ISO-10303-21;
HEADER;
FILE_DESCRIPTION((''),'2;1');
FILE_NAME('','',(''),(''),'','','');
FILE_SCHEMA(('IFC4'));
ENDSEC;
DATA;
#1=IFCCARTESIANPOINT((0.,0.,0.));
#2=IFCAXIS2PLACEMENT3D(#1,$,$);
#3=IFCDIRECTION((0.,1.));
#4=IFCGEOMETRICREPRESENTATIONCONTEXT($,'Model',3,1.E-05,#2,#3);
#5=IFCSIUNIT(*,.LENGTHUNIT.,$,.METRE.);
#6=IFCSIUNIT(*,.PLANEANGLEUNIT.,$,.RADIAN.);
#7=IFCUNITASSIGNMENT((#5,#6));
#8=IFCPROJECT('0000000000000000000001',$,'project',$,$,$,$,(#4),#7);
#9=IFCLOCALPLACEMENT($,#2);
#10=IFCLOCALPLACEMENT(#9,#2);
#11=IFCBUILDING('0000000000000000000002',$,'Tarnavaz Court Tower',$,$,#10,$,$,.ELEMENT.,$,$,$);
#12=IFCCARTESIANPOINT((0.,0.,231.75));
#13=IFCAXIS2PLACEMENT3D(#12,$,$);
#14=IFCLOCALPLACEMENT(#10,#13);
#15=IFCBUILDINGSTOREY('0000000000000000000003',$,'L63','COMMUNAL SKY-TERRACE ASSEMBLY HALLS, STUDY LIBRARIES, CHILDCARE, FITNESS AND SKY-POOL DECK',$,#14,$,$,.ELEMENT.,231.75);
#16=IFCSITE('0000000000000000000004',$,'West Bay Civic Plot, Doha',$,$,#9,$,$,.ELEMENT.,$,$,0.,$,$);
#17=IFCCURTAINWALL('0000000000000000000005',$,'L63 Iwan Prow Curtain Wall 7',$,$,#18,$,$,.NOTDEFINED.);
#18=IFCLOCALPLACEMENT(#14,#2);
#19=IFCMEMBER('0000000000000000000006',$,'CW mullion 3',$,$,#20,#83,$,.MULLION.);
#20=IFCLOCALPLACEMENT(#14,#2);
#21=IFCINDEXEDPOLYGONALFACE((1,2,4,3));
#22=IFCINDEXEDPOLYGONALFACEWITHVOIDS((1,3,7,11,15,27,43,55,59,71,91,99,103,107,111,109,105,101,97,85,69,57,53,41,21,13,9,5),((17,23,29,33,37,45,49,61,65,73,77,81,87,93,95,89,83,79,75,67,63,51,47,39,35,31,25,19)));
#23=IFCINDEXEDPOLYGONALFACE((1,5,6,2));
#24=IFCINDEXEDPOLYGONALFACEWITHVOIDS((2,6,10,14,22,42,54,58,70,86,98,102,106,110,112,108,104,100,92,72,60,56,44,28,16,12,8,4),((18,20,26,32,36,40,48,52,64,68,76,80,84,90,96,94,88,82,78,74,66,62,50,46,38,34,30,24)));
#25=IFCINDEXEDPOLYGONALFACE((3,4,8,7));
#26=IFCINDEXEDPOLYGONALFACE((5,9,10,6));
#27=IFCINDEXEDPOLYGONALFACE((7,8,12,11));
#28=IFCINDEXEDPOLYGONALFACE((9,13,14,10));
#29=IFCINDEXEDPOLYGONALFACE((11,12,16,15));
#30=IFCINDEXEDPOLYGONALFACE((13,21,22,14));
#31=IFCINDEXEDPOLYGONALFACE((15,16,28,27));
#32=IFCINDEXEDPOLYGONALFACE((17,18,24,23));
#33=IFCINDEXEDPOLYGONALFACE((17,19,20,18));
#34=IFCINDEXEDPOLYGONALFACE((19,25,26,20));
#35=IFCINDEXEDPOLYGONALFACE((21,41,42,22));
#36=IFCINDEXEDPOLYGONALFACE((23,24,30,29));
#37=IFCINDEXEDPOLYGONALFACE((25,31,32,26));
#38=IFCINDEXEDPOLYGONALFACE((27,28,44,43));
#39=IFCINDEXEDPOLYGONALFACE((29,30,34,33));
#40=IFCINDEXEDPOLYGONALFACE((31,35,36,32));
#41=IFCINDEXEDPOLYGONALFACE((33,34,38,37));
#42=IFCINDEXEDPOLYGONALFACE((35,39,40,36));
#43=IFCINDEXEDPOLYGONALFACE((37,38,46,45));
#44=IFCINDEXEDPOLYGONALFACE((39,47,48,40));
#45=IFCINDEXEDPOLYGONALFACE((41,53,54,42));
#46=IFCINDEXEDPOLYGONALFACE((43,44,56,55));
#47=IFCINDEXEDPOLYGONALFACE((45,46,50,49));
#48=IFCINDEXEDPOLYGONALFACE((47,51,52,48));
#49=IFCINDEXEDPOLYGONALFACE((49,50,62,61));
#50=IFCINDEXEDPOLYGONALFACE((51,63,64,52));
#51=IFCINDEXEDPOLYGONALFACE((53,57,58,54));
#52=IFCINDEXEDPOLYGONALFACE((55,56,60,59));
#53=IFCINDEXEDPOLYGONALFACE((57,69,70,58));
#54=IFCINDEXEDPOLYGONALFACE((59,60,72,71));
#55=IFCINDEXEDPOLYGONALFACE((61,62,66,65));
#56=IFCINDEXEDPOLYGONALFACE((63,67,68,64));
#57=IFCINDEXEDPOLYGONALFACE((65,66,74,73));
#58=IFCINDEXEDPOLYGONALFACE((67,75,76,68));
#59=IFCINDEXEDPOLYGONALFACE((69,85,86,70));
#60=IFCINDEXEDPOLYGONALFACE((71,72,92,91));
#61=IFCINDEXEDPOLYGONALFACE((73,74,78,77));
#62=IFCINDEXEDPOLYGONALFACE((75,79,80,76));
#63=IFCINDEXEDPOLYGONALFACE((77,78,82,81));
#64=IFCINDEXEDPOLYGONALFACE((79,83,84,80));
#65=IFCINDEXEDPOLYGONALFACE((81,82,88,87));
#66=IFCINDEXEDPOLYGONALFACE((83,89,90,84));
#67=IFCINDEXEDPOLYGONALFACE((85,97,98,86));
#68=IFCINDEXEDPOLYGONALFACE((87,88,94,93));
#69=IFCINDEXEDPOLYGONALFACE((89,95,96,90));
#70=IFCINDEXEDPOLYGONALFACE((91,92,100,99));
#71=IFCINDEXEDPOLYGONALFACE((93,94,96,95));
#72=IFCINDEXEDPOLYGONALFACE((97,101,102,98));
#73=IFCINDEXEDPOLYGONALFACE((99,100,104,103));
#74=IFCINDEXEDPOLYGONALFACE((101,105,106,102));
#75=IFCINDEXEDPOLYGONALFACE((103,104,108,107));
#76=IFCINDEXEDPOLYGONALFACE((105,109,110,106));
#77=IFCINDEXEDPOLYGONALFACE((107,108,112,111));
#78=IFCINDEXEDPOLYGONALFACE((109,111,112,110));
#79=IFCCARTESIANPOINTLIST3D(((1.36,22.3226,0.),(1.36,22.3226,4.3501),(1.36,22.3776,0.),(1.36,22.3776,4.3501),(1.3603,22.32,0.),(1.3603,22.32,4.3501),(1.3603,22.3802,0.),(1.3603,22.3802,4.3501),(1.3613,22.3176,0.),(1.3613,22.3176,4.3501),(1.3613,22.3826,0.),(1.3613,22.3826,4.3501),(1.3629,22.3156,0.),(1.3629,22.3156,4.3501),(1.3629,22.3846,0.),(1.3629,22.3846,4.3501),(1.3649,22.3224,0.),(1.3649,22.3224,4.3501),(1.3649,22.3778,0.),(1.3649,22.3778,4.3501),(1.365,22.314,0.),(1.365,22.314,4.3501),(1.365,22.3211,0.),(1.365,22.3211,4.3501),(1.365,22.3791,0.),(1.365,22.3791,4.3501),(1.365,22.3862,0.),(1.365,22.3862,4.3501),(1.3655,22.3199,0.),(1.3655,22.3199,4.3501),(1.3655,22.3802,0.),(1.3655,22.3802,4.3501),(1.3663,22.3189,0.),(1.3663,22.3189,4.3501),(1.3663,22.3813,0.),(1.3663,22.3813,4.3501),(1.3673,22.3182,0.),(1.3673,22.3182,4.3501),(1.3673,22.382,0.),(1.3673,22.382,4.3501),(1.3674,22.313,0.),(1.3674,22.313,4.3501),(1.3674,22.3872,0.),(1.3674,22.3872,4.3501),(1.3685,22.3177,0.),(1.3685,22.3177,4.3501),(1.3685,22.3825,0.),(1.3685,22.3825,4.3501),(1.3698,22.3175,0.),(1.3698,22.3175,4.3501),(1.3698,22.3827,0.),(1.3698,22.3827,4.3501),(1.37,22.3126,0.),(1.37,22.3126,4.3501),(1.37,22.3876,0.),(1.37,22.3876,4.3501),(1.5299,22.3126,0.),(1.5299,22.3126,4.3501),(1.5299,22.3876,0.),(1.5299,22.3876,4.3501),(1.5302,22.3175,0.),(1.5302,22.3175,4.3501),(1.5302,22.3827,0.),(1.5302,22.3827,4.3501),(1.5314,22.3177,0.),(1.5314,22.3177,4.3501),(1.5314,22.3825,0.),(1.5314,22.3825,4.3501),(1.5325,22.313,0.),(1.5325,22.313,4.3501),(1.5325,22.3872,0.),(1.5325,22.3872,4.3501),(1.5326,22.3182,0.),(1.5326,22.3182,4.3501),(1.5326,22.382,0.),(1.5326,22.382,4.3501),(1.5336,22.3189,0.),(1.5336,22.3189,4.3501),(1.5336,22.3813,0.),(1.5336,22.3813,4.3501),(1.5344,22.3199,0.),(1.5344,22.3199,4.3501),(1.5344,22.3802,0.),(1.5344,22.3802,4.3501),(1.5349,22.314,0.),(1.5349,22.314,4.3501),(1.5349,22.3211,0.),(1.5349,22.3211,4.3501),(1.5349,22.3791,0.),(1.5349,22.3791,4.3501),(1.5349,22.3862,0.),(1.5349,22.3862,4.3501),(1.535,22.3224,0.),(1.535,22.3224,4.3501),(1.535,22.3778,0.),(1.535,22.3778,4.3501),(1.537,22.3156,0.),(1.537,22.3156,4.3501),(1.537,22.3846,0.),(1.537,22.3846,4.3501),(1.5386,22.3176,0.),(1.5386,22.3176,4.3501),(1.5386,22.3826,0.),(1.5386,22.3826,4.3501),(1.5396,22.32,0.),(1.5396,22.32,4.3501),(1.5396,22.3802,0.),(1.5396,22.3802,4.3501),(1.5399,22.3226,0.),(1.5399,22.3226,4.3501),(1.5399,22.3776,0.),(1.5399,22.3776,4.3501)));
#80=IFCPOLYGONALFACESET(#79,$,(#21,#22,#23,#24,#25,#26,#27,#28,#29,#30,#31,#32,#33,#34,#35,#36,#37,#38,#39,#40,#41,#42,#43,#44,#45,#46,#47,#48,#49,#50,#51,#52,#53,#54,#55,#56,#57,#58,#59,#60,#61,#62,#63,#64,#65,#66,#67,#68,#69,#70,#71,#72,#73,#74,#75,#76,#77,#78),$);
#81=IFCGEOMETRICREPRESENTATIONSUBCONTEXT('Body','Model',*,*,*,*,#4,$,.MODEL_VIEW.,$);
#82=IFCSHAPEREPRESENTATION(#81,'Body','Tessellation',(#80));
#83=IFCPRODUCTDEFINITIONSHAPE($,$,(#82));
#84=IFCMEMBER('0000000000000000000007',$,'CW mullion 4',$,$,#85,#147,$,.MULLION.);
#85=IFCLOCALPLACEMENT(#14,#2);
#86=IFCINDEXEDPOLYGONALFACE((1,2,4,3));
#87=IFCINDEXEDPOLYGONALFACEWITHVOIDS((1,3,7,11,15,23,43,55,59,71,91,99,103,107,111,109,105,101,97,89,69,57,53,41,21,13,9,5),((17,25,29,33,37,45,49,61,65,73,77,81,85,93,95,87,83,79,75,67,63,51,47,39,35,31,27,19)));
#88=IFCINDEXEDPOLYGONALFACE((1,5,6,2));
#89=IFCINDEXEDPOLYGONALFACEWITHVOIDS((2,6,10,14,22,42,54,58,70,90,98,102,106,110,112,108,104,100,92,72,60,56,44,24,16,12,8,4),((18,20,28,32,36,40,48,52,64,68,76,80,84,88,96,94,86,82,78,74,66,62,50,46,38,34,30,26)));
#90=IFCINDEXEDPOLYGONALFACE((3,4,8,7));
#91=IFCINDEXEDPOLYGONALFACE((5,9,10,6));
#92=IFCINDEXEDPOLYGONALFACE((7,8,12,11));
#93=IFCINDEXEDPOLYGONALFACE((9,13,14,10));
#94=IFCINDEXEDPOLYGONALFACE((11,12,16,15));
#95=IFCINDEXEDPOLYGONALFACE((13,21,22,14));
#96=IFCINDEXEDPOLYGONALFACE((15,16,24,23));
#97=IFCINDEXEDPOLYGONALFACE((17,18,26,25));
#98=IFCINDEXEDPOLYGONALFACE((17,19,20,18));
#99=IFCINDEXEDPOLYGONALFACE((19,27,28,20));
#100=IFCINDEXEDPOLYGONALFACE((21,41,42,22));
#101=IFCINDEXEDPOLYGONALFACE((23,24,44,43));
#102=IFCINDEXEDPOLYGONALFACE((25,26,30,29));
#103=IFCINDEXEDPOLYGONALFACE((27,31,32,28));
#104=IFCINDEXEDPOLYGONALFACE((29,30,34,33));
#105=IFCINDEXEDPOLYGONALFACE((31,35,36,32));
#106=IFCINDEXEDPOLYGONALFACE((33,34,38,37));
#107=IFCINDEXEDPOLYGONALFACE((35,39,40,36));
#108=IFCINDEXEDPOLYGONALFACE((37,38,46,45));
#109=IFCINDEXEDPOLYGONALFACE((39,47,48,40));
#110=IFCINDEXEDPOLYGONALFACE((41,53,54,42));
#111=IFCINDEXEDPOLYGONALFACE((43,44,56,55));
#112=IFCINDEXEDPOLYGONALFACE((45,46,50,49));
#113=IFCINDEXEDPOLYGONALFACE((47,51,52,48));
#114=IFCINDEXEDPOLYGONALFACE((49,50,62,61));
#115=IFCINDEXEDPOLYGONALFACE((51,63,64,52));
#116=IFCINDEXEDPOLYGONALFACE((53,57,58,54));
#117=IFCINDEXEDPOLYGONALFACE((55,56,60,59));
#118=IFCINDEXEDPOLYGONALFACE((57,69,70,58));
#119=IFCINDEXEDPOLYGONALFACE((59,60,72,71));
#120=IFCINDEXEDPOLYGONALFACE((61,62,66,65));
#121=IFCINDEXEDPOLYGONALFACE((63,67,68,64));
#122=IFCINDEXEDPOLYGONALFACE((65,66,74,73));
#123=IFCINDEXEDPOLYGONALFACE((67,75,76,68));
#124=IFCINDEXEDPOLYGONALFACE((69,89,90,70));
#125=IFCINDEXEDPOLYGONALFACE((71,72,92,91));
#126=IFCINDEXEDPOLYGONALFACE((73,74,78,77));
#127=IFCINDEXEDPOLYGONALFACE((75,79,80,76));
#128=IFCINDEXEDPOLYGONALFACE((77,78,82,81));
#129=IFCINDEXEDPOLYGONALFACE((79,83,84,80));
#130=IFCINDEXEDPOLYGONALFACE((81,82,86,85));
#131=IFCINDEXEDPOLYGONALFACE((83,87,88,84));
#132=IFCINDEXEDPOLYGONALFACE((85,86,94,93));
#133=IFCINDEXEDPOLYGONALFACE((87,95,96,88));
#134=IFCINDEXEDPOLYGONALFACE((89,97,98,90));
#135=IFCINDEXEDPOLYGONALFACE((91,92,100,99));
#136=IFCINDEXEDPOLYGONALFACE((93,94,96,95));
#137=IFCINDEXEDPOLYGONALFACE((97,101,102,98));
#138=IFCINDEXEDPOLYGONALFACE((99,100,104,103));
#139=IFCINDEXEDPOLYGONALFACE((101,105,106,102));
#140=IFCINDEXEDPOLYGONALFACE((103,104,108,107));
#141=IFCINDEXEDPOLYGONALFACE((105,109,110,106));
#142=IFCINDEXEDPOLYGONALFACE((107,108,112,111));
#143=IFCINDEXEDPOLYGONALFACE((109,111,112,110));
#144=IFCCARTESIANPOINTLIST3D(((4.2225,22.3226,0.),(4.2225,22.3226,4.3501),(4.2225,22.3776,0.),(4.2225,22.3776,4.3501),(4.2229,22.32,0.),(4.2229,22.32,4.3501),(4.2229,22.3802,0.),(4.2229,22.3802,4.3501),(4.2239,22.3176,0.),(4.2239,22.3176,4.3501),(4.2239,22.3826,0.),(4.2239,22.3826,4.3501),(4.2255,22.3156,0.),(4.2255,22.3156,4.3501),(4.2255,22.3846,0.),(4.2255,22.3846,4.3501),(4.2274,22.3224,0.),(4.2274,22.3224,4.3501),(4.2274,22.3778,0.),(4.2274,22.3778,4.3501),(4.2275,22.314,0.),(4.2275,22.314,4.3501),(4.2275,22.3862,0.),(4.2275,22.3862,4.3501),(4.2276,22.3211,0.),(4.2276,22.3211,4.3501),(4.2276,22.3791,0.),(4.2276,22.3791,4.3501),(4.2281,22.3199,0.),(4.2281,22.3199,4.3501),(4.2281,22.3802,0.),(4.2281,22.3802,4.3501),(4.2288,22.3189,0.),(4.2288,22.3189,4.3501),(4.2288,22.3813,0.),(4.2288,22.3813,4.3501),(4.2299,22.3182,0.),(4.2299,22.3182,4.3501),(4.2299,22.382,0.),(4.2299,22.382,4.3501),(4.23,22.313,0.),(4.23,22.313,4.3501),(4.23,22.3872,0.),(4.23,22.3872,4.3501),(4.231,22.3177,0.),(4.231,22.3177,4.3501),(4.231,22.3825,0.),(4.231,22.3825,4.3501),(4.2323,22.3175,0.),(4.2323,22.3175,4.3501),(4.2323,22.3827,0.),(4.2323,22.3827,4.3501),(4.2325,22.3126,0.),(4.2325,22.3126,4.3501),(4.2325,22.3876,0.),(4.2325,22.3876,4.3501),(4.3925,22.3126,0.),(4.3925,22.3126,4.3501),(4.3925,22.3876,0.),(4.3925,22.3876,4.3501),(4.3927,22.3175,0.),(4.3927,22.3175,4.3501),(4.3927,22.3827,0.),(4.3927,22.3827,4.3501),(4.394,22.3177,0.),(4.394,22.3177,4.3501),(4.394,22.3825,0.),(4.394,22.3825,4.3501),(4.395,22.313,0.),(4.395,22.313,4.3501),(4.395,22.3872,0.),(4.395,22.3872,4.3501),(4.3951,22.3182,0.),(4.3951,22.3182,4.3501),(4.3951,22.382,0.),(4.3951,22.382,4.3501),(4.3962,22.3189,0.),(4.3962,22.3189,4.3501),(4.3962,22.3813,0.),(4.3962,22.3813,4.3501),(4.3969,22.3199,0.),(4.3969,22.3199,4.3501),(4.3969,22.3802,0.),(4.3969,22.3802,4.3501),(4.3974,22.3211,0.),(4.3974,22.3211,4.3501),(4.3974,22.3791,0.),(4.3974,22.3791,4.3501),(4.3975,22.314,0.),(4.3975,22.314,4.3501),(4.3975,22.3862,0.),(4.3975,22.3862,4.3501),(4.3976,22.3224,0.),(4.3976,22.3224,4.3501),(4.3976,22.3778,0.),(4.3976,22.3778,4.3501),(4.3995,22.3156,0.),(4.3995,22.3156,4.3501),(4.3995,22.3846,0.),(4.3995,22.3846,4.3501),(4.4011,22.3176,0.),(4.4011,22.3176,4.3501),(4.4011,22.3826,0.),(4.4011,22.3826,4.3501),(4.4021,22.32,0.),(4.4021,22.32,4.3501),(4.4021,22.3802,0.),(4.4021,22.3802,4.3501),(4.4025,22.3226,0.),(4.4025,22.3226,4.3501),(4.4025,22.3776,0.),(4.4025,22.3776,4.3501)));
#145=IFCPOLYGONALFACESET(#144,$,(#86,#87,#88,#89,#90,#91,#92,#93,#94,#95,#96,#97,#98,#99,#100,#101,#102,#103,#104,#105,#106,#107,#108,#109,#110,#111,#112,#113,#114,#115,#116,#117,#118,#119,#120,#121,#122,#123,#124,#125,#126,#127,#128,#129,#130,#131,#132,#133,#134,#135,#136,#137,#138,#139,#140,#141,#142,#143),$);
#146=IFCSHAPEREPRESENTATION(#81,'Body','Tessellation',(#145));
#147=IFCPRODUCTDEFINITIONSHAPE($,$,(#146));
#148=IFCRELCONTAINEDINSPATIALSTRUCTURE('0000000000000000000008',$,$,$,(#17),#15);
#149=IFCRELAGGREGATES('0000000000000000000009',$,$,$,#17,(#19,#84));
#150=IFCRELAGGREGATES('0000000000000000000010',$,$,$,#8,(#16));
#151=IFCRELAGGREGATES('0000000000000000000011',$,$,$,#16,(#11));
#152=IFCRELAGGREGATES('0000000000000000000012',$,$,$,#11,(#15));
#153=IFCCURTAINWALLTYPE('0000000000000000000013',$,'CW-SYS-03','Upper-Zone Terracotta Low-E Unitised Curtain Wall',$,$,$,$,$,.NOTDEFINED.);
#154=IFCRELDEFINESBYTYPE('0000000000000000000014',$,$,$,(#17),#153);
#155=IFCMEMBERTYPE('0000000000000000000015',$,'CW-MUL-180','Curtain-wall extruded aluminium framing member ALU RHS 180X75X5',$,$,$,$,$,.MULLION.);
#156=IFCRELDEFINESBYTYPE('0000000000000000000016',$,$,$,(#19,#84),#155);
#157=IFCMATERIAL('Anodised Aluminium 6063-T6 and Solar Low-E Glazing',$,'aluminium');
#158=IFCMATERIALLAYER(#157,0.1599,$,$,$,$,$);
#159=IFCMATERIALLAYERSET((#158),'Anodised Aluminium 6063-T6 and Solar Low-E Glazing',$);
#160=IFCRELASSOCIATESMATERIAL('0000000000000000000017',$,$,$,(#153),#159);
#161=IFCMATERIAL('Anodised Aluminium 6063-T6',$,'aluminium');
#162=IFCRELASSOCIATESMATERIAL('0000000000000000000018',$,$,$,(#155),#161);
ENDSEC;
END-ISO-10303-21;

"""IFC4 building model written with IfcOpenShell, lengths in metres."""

from ifc_helpers import new_model, si_unit, direction, frame, origin, origin_2d, place, context, subcontext, project, spatial, hollow_rectangle, extrude, material, layer, layer_set, material_profile, profile_set, type_object, element, aggregate, save


model = new_model("IFC4")

# Units and contexts
model_context = context("Model", 3, precision=1e-05, world=origin(), true_north=direction((0.0, 1.0)))
body_context = subcontext(model_context, "Body", "Model", "MODEL_VIEW")
ifc_project = project(units=[si_unit("LENGTHUNIT", "METRE"), si_unit("PLANEANGLEUNIT", "RADIAN")], contexts=[model_context])

# Site, building, storey
site_placement = place(None, origin())
site = spatial("IfcSite", under=ifc_project, at=site_placement, Name="West Bay Civic Plot, Doha", CompositionType="ELEMENT", RefElevation=0.0)
building_placement = place(site_placement, origin())
building = spatial("IfcBuilding", under=site, at=building_placement, Name="Tarnavaz Court Tower", CompositionType="ELEMENT")
storey_placement = place(building_placement, frame((0.0, 0.0, 231.75)))
storey = spatial("IfcBuildingStorey", under=building, at=storey_placement, Name="L63", Description="COMMUNAL SKY-TERRACE ASSEMBLY HALLS, STUDY LIBRARIES, CHILDCARE, FITNESS AND SKY-POOL DECK", CompositionType="ELEMENT", Elevation=231.75)

# Curtain wall, members
ifc_material_1 = material(Name="Anodised Aluminium 6063-T6 and Solar Low-E Glazing", Category="aluminium")
ifc_layer_1 = layer(ifc_material_1, 0.1599)
ifc_layer_set_1 = layer_set([ifc_layer_1], Name="Anodised Aluminium 6063-T6 and Solar Low-E Glazing")
curtain_wall_type = type_object("IfcCurtainWallType", Name="CW-SYS-03", Description="Upper-Zone Terracotta Low-E Unitised Curtain Wall", PredefinedType="NOTDEFINED", material=ifc_layer_set_1)
curtain_wall_placement = place(storey_placement, origin())
curtain_wall = element("IfcCurtainWall", 1, at=curtain_wall_placement, inside=storey, type_object=curtain_wall_type, Name="L63 Iwan Prow Curtain Wall 7", PredefinedType="NOTDEFINED")
ifc_material_2 = material(Name="Anodised Aluminium 6063-T6", Category="aluminium")
ifc_material_profile_1 = material_profile(ifc_material_2, hollow_rectangle(XDim=0.075, YDim=0.1799, WallThickness=0.0049, InnerFilletRadius=0.0049, OuterFilletRadius=0.01, at=origin_2d()), Name="ALU RHS 180X75X5")
ifc_profile_set_1 = profile_set([ifc_material_profile_1], Name="Anodised Aluminium 6063-T6")
member_type_1 = type_object("IfcMemberType", Name="CW-MUL-180", Description="Curtain-wall extruded aluminium framing member ALU RHS 180X75X5", PredefinedType="MULLION", material=ifc_profile_set_1)
member_1_placement = place(storey_placement, frame((1.45, 22.3501, 0.0), z_axis=(0.0, 0.0, 1.0), x_axis=(0.0, 1.0, 0.0)))
member_1 = element("IfcMember", 2, at=member_1_placement, type_object=member_type_1, Name="CW mullion 3", PredefinedType="MULLION", context=body_context, shape_type="SweptSolid", body=[
    extrude(hollow_rectangle(XDim=0.075, YDim=0.1799, WallThickness=0.0049, InnerFilletRadius=0.0049, OuterFilletRadius=0.01, at=origin_2d()), origin(), (0.0, 0.0, 1.0), 4.3501),
])
member_2_placement = place(storey_placement, frame((4.3125, 22.3501, 0.0), z_axis=(0.0, 0.0, 1.0), x_axis=(0.0, 1.0, 0.0)))
member_2 = element("IfcMember", 3, at=member_2_placement, type_object=member_type_1, Name="CW mullion 4", PredefinedType="MULLION", context=body_context, shape_type="SweptSolid", body=[
    extrude(hollow_rectangle(XDim=0.075, YDim=0.1799, WallThickness=0.0049, InnerFilletRadius=0.0049, OuterFilletRadius=0.01, at=origin_2d()), origin(), (0.0, 0.0, 1.0), 4.3501),
])
aggregate(curtain_wall, [member_1, member_2])

save(model, "model.ifc")
